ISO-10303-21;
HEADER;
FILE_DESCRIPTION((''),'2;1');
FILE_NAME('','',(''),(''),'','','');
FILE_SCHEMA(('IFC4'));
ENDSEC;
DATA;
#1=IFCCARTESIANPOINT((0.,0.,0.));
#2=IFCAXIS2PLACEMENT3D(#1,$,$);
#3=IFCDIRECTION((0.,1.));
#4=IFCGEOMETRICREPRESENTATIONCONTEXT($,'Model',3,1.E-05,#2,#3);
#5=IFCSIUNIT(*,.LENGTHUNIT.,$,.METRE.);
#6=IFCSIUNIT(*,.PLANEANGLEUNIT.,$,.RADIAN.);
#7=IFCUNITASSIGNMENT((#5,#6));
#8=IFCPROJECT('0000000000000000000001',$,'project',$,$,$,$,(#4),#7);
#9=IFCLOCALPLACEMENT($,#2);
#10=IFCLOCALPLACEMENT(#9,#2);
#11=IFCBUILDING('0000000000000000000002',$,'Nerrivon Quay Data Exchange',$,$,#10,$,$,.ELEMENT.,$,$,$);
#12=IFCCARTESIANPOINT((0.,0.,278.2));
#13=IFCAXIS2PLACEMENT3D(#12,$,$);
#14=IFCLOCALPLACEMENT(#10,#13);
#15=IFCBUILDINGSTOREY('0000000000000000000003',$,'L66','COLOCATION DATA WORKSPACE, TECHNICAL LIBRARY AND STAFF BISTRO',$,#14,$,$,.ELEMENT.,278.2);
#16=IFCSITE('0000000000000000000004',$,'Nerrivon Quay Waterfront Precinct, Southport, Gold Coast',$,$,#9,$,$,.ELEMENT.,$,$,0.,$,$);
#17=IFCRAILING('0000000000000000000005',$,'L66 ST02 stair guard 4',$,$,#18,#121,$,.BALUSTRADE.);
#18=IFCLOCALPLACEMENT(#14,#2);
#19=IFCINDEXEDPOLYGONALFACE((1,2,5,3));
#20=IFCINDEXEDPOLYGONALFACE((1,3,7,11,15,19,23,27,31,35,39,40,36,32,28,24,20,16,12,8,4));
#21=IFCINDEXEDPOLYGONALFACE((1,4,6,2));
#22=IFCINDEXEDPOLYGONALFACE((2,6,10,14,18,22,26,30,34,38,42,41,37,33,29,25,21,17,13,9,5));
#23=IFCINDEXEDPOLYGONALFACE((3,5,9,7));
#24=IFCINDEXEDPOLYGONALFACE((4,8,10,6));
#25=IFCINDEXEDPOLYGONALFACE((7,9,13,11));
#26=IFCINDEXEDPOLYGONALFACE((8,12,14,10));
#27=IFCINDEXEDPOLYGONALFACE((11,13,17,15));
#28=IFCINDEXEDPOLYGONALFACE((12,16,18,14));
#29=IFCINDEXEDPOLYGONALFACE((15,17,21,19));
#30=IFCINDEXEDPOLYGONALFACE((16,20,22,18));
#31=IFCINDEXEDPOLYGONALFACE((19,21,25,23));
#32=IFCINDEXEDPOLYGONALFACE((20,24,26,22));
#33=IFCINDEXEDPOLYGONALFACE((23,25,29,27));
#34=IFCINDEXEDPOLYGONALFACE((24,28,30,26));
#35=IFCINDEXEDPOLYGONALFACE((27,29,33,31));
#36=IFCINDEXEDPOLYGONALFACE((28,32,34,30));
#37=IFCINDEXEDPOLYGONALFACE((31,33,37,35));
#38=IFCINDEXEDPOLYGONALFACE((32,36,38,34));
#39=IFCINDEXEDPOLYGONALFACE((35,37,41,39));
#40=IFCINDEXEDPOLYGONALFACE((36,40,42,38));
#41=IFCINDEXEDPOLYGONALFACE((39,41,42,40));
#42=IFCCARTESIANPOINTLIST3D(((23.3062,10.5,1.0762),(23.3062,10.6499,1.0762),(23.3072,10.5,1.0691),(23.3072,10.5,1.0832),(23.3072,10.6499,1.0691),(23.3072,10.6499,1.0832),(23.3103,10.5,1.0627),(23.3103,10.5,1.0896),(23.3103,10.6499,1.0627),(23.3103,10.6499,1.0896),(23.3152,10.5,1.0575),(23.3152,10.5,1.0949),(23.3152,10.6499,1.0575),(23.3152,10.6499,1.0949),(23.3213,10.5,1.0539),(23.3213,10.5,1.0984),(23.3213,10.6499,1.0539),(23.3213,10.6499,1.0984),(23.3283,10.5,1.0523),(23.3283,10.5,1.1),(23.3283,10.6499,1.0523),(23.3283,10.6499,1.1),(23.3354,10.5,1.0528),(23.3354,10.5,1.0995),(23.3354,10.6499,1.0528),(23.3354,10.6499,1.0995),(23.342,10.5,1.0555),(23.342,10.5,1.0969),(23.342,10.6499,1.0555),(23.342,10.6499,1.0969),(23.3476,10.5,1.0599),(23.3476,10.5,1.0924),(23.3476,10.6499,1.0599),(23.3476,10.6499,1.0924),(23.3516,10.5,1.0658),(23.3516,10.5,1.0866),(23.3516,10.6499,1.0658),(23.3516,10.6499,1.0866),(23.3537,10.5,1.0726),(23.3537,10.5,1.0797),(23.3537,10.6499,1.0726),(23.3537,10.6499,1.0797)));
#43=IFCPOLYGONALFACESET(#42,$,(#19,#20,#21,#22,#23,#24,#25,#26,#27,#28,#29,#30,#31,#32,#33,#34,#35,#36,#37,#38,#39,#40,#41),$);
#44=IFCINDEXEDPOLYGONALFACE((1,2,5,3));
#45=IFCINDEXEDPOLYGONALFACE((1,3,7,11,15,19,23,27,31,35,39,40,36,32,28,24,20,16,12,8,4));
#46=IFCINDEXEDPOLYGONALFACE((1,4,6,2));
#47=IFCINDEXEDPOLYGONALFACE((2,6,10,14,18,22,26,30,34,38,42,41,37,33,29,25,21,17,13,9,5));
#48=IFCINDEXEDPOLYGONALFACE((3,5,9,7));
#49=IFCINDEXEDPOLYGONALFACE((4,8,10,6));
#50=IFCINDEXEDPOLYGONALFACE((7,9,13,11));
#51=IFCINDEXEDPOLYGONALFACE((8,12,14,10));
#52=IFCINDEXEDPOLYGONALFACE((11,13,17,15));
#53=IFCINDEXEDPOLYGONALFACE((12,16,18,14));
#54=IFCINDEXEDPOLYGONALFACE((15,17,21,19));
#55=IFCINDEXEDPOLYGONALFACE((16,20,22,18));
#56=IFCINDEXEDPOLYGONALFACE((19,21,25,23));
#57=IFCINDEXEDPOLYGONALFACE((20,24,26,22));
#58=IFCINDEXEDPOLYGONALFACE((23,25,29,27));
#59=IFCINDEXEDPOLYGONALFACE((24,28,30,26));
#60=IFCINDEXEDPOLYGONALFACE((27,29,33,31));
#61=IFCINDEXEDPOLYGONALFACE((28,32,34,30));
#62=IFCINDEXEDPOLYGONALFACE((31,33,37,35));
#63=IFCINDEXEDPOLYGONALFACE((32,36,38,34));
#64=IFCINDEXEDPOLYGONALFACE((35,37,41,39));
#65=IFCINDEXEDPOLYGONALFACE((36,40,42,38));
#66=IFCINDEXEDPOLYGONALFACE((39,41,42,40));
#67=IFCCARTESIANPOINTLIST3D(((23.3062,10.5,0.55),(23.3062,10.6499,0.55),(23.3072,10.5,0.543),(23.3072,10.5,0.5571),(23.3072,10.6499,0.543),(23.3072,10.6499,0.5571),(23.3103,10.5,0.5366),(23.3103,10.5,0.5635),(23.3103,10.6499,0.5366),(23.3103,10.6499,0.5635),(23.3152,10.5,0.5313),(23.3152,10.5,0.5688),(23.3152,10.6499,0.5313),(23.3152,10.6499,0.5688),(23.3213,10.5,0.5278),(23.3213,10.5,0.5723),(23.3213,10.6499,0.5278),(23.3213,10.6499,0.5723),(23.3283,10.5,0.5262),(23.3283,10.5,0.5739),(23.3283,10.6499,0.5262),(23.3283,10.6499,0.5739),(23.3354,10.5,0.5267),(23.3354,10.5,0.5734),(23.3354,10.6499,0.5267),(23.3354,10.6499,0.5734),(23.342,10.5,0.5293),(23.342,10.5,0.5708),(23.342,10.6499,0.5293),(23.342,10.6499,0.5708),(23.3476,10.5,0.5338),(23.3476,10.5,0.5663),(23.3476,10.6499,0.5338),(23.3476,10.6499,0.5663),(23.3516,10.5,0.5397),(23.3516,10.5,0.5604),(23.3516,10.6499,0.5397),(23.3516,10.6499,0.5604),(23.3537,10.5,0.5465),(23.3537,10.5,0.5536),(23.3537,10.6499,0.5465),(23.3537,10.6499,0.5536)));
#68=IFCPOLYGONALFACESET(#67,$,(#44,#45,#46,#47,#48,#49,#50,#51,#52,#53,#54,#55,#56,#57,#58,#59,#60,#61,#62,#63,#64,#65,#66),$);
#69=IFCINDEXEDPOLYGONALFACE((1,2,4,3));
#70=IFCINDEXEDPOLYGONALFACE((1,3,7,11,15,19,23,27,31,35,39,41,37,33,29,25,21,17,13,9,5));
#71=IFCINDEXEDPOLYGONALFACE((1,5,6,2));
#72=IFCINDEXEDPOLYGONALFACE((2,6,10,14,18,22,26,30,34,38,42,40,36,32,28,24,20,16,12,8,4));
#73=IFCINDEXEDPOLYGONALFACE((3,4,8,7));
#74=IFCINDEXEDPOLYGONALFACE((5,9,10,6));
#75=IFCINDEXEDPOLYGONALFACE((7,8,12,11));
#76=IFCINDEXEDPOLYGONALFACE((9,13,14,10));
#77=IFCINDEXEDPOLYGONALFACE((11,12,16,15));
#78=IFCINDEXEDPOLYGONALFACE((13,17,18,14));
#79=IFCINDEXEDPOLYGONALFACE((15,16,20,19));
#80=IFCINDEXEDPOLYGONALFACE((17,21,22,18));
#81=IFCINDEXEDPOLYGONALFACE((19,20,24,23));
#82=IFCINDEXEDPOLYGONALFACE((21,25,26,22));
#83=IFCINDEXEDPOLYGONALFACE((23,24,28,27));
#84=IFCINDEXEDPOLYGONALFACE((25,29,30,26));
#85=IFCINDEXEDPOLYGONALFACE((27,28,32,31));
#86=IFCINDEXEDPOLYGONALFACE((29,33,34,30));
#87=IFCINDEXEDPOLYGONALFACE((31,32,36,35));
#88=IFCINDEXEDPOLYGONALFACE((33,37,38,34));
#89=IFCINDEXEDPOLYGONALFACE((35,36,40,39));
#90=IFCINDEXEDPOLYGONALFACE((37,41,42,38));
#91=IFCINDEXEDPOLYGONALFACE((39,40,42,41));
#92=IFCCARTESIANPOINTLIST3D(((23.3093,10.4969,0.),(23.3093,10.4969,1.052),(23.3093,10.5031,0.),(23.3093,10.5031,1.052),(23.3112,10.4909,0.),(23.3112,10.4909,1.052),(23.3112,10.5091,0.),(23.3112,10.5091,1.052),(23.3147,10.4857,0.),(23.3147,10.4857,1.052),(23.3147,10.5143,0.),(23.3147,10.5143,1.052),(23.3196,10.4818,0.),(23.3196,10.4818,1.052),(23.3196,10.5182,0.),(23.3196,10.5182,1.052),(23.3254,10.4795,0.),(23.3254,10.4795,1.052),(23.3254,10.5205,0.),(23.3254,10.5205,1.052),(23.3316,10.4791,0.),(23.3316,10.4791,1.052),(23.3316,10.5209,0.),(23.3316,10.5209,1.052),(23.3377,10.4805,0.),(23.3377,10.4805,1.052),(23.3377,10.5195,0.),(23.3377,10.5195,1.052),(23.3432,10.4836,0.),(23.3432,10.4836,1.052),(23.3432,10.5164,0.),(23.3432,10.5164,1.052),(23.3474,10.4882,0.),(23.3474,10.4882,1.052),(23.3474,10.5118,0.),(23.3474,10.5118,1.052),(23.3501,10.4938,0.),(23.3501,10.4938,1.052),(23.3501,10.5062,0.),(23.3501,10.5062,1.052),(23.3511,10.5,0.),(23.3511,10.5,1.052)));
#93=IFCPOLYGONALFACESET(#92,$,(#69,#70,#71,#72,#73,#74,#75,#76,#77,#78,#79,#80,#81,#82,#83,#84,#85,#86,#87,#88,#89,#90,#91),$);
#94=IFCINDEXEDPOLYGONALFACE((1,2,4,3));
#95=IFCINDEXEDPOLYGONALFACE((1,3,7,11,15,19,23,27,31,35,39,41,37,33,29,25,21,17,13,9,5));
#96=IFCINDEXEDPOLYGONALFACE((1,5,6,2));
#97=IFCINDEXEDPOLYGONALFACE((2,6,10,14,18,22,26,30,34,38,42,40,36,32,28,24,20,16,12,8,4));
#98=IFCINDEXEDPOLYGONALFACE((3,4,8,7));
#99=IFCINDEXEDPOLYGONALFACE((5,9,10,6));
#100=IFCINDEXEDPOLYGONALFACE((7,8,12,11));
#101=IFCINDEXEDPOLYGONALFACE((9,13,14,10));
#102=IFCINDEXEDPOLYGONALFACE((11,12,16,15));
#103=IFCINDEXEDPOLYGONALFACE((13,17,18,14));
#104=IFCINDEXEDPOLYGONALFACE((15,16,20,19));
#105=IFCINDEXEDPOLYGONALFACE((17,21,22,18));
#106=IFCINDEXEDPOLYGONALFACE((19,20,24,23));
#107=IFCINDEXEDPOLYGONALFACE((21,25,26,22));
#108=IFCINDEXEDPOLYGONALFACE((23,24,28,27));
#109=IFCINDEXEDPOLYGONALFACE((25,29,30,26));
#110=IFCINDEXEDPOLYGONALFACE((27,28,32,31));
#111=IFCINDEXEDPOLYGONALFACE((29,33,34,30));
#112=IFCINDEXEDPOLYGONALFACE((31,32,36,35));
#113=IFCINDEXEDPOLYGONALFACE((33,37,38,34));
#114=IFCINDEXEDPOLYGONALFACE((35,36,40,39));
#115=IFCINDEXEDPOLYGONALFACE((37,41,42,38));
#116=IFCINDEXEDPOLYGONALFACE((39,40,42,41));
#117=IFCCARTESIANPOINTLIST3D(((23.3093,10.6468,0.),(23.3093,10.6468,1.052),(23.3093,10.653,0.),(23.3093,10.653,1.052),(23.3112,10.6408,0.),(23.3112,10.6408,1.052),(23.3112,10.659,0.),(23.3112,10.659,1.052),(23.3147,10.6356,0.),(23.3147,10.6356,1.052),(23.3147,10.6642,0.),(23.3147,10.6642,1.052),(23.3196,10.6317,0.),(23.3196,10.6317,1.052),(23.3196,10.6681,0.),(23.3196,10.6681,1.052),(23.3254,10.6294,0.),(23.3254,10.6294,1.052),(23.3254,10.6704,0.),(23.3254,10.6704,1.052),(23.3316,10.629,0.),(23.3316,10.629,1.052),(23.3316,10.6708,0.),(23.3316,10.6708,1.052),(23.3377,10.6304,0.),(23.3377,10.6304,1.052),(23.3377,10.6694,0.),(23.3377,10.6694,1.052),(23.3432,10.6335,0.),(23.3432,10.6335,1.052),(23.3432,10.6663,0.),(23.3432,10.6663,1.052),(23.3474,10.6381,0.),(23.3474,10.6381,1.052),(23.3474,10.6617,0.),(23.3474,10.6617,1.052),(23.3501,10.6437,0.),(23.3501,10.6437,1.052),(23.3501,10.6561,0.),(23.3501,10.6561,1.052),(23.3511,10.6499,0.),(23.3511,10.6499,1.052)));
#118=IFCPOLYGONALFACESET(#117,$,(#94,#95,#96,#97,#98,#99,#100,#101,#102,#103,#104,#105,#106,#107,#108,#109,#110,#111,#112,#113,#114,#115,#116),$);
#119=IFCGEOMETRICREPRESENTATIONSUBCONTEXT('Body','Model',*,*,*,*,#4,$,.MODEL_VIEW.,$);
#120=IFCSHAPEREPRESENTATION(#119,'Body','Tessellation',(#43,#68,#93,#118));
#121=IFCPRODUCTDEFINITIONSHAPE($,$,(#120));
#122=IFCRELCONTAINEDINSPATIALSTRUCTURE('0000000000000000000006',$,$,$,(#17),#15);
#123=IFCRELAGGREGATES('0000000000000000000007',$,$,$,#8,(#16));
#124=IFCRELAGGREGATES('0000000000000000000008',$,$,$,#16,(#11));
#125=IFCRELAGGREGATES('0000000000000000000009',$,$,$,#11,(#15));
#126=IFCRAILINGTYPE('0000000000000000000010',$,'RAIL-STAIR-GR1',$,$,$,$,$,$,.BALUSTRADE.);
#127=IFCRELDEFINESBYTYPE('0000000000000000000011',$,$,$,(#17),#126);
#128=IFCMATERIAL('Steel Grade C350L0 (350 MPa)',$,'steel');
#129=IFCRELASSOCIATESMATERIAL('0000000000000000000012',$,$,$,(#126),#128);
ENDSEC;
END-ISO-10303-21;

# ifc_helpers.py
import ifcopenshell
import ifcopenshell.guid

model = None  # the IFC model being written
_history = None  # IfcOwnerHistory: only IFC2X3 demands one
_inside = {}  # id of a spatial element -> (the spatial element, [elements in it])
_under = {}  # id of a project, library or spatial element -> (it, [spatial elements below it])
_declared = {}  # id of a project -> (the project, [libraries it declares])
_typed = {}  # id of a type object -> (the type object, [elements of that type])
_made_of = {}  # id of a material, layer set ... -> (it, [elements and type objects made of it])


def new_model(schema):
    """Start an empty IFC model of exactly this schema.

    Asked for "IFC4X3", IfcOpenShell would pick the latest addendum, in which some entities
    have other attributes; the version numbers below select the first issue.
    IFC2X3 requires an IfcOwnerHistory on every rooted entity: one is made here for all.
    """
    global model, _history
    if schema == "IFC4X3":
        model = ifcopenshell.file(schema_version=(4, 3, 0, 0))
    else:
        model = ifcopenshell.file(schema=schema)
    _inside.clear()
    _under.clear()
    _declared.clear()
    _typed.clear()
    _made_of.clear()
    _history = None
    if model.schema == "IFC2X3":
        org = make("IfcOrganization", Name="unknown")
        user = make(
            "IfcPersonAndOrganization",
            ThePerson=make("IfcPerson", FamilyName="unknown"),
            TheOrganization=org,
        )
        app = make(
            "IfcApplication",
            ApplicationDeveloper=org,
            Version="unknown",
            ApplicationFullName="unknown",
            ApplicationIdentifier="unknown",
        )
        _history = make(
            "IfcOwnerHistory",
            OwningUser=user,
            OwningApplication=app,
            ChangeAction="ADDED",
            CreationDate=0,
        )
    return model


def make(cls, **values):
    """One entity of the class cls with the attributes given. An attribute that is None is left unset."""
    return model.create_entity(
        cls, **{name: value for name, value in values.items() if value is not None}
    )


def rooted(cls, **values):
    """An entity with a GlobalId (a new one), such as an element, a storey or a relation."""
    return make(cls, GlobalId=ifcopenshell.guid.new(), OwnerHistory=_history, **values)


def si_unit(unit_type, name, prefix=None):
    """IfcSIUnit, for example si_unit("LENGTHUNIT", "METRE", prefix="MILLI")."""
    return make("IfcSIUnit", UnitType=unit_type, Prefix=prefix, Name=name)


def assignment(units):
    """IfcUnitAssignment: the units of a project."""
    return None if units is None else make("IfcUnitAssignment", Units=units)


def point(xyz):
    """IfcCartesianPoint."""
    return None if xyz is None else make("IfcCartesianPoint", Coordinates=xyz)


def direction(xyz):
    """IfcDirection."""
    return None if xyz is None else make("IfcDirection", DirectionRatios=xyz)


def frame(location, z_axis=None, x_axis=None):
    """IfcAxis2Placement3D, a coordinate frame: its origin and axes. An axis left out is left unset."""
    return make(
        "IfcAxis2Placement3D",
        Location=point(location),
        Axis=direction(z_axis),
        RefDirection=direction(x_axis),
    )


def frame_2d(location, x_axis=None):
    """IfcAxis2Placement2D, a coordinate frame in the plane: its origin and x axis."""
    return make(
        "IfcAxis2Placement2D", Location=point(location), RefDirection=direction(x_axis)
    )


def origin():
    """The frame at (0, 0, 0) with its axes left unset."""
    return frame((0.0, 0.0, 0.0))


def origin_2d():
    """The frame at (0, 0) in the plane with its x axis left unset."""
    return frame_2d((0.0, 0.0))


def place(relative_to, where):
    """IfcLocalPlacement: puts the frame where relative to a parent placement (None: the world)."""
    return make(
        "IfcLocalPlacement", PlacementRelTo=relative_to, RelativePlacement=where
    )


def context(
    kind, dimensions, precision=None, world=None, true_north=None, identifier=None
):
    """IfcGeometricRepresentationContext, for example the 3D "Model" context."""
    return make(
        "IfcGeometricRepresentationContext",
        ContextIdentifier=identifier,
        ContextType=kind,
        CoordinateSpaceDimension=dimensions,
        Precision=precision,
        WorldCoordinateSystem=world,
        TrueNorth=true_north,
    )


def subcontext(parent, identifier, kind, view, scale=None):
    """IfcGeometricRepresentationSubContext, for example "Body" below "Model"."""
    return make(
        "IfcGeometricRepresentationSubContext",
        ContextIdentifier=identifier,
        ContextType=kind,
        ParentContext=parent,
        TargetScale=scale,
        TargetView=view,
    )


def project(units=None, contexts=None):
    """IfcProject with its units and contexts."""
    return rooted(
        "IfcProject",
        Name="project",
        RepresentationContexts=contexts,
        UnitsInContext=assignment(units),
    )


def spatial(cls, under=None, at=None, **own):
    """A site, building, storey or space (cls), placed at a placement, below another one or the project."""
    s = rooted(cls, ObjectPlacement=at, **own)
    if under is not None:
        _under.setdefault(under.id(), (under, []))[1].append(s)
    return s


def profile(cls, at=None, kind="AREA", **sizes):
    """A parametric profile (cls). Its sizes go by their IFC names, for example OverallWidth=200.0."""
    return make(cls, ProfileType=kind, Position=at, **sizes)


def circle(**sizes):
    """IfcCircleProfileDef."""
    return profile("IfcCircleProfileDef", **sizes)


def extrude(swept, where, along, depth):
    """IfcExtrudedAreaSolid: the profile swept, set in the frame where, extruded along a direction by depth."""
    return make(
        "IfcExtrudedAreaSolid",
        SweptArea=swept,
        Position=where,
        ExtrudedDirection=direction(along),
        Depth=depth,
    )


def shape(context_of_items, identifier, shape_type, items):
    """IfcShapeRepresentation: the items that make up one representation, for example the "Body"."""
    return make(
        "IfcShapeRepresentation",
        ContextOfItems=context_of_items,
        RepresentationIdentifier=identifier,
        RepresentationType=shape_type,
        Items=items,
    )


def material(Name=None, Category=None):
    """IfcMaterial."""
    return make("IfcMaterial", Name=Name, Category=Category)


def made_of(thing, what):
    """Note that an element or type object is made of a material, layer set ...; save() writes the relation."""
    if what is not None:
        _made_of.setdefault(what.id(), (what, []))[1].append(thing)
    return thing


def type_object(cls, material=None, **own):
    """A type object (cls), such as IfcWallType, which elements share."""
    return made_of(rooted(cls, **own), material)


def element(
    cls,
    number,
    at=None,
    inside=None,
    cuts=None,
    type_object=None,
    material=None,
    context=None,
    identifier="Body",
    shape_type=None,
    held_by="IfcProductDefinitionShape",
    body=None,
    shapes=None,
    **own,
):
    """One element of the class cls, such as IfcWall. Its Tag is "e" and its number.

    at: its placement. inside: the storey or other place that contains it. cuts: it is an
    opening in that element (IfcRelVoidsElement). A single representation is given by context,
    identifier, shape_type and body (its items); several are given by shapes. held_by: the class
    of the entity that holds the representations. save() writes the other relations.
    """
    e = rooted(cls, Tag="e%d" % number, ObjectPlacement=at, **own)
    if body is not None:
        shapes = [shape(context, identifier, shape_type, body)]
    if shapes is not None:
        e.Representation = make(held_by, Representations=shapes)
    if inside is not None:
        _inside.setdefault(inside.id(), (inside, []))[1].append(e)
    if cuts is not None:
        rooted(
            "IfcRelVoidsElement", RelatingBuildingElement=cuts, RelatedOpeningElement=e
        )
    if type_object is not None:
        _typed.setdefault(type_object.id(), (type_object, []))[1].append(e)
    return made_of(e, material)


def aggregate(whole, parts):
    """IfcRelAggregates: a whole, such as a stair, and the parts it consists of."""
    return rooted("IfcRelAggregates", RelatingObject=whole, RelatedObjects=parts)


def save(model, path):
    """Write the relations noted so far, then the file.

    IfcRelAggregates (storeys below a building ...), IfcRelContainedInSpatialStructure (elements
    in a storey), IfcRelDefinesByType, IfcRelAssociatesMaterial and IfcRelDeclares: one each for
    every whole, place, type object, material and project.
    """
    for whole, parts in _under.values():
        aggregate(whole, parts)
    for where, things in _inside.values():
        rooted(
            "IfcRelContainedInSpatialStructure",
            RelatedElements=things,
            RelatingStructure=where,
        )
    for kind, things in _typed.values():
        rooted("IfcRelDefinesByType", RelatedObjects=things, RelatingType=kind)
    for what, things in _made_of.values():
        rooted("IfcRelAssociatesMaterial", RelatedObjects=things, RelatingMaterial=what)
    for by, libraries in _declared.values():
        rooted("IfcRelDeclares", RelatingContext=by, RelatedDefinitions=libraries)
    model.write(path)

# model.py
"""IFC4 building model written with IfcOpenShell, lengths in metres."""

from ifc_helpers import new_model, si_unit, direction, frame, origin, origin_2d, place, context, subcontext, project, spatial, circle, extrude, material, type_object, element, save


model = new_model("IFC4")

# Units and contexts
model_context = context("Model", 3, precision=1e-05, world=origin(), true_north=direction((0.0, 1.0)))
body_context = subcontext(model_context, "Body", "Model", "MODEL_VIEW")
ifc_project = project(units=[si_unit("LENGTHUNIT", "METRE"), si_unit("PLANEANGLEUNIT", "RADIAN")], contexts=[model_context])

# Site, building, storey
site_placement = place(None, origin())
site = spatial("IfcSite", under=ifc_project, at=site_placement, Name="Nerrivon Quay Waterfront Precinct, Southport, Gold Coast", CompositionType="ELEMENT", RefElevation=0.0)
building_placement = place(site_placement, origin())
building = spatial("IfcBuilding", under=site, at=building_placement, Name="Nerrivon Quay Data Exchange", CompositionType="ELEMENT")
storey_placement = place(building_placement, frame((0.0, 0.0, 278.2)))
storey = spatial("IfcBuildingStorey", under=building, at=storey_placement, Name="L66", Description="COLOCATION DATA WORKSPACE, TECHNICAL LIBRARY AND STAFF BISTRO", CompositionType="ELEMENT", Elevation=278.2)

# Railing
ifc_material_1 = material(Name="Steel Grade C350L0 (350 MPa)", Category="steel")
railing_type_1 = type_object("IfcRailingType", Name="RAIL-STAIR-GR1", PredefinedType="BALUSTRADE", material=ifc_material_1)
railing_1_placement = place(storey_placement, frame((23.3301, 10.5, 0.0)))
element("IfcRailing", 1, at=railing_1_placement, inside=storey, type_object=railing_type_1, Name="L66 ST02 stair guard 4", PredefinedType="BALUSTRADE", context=body_context, shape_type="SweptSolid", body=[
    extrude(circle(Radius=0.0239, at=origin_2d()), frame((0.0, 0.0, 1.0762), z_axis=(0.0, 1.0, 0.0), x_axis=(-1.0, 0.0, 0.0)), (0.0, 0.0, 1.0), 0.1499),
    extrude(circle(Radius=0.0239, at=origin_2d()), frame((0.0, 0.0, 0.55), z_axis=(0.0, 1.0, 0.0), x_axis=(-1.0, 0.0, 0.0)), (0.0, 0.0, 1.0), 0.1499),
    extrude(circle(Radius=0.021, at=origin_2d()), origin(), (0.0, 0.0, 1.0), 1.052),
    extrude(circle(Radius=0.021, at=origin_2d()), frame((0.0, 0.1499, 0.0)), (0.0, 0.0, 1.0), 1.052),
])

save(model, "model.ifc")
